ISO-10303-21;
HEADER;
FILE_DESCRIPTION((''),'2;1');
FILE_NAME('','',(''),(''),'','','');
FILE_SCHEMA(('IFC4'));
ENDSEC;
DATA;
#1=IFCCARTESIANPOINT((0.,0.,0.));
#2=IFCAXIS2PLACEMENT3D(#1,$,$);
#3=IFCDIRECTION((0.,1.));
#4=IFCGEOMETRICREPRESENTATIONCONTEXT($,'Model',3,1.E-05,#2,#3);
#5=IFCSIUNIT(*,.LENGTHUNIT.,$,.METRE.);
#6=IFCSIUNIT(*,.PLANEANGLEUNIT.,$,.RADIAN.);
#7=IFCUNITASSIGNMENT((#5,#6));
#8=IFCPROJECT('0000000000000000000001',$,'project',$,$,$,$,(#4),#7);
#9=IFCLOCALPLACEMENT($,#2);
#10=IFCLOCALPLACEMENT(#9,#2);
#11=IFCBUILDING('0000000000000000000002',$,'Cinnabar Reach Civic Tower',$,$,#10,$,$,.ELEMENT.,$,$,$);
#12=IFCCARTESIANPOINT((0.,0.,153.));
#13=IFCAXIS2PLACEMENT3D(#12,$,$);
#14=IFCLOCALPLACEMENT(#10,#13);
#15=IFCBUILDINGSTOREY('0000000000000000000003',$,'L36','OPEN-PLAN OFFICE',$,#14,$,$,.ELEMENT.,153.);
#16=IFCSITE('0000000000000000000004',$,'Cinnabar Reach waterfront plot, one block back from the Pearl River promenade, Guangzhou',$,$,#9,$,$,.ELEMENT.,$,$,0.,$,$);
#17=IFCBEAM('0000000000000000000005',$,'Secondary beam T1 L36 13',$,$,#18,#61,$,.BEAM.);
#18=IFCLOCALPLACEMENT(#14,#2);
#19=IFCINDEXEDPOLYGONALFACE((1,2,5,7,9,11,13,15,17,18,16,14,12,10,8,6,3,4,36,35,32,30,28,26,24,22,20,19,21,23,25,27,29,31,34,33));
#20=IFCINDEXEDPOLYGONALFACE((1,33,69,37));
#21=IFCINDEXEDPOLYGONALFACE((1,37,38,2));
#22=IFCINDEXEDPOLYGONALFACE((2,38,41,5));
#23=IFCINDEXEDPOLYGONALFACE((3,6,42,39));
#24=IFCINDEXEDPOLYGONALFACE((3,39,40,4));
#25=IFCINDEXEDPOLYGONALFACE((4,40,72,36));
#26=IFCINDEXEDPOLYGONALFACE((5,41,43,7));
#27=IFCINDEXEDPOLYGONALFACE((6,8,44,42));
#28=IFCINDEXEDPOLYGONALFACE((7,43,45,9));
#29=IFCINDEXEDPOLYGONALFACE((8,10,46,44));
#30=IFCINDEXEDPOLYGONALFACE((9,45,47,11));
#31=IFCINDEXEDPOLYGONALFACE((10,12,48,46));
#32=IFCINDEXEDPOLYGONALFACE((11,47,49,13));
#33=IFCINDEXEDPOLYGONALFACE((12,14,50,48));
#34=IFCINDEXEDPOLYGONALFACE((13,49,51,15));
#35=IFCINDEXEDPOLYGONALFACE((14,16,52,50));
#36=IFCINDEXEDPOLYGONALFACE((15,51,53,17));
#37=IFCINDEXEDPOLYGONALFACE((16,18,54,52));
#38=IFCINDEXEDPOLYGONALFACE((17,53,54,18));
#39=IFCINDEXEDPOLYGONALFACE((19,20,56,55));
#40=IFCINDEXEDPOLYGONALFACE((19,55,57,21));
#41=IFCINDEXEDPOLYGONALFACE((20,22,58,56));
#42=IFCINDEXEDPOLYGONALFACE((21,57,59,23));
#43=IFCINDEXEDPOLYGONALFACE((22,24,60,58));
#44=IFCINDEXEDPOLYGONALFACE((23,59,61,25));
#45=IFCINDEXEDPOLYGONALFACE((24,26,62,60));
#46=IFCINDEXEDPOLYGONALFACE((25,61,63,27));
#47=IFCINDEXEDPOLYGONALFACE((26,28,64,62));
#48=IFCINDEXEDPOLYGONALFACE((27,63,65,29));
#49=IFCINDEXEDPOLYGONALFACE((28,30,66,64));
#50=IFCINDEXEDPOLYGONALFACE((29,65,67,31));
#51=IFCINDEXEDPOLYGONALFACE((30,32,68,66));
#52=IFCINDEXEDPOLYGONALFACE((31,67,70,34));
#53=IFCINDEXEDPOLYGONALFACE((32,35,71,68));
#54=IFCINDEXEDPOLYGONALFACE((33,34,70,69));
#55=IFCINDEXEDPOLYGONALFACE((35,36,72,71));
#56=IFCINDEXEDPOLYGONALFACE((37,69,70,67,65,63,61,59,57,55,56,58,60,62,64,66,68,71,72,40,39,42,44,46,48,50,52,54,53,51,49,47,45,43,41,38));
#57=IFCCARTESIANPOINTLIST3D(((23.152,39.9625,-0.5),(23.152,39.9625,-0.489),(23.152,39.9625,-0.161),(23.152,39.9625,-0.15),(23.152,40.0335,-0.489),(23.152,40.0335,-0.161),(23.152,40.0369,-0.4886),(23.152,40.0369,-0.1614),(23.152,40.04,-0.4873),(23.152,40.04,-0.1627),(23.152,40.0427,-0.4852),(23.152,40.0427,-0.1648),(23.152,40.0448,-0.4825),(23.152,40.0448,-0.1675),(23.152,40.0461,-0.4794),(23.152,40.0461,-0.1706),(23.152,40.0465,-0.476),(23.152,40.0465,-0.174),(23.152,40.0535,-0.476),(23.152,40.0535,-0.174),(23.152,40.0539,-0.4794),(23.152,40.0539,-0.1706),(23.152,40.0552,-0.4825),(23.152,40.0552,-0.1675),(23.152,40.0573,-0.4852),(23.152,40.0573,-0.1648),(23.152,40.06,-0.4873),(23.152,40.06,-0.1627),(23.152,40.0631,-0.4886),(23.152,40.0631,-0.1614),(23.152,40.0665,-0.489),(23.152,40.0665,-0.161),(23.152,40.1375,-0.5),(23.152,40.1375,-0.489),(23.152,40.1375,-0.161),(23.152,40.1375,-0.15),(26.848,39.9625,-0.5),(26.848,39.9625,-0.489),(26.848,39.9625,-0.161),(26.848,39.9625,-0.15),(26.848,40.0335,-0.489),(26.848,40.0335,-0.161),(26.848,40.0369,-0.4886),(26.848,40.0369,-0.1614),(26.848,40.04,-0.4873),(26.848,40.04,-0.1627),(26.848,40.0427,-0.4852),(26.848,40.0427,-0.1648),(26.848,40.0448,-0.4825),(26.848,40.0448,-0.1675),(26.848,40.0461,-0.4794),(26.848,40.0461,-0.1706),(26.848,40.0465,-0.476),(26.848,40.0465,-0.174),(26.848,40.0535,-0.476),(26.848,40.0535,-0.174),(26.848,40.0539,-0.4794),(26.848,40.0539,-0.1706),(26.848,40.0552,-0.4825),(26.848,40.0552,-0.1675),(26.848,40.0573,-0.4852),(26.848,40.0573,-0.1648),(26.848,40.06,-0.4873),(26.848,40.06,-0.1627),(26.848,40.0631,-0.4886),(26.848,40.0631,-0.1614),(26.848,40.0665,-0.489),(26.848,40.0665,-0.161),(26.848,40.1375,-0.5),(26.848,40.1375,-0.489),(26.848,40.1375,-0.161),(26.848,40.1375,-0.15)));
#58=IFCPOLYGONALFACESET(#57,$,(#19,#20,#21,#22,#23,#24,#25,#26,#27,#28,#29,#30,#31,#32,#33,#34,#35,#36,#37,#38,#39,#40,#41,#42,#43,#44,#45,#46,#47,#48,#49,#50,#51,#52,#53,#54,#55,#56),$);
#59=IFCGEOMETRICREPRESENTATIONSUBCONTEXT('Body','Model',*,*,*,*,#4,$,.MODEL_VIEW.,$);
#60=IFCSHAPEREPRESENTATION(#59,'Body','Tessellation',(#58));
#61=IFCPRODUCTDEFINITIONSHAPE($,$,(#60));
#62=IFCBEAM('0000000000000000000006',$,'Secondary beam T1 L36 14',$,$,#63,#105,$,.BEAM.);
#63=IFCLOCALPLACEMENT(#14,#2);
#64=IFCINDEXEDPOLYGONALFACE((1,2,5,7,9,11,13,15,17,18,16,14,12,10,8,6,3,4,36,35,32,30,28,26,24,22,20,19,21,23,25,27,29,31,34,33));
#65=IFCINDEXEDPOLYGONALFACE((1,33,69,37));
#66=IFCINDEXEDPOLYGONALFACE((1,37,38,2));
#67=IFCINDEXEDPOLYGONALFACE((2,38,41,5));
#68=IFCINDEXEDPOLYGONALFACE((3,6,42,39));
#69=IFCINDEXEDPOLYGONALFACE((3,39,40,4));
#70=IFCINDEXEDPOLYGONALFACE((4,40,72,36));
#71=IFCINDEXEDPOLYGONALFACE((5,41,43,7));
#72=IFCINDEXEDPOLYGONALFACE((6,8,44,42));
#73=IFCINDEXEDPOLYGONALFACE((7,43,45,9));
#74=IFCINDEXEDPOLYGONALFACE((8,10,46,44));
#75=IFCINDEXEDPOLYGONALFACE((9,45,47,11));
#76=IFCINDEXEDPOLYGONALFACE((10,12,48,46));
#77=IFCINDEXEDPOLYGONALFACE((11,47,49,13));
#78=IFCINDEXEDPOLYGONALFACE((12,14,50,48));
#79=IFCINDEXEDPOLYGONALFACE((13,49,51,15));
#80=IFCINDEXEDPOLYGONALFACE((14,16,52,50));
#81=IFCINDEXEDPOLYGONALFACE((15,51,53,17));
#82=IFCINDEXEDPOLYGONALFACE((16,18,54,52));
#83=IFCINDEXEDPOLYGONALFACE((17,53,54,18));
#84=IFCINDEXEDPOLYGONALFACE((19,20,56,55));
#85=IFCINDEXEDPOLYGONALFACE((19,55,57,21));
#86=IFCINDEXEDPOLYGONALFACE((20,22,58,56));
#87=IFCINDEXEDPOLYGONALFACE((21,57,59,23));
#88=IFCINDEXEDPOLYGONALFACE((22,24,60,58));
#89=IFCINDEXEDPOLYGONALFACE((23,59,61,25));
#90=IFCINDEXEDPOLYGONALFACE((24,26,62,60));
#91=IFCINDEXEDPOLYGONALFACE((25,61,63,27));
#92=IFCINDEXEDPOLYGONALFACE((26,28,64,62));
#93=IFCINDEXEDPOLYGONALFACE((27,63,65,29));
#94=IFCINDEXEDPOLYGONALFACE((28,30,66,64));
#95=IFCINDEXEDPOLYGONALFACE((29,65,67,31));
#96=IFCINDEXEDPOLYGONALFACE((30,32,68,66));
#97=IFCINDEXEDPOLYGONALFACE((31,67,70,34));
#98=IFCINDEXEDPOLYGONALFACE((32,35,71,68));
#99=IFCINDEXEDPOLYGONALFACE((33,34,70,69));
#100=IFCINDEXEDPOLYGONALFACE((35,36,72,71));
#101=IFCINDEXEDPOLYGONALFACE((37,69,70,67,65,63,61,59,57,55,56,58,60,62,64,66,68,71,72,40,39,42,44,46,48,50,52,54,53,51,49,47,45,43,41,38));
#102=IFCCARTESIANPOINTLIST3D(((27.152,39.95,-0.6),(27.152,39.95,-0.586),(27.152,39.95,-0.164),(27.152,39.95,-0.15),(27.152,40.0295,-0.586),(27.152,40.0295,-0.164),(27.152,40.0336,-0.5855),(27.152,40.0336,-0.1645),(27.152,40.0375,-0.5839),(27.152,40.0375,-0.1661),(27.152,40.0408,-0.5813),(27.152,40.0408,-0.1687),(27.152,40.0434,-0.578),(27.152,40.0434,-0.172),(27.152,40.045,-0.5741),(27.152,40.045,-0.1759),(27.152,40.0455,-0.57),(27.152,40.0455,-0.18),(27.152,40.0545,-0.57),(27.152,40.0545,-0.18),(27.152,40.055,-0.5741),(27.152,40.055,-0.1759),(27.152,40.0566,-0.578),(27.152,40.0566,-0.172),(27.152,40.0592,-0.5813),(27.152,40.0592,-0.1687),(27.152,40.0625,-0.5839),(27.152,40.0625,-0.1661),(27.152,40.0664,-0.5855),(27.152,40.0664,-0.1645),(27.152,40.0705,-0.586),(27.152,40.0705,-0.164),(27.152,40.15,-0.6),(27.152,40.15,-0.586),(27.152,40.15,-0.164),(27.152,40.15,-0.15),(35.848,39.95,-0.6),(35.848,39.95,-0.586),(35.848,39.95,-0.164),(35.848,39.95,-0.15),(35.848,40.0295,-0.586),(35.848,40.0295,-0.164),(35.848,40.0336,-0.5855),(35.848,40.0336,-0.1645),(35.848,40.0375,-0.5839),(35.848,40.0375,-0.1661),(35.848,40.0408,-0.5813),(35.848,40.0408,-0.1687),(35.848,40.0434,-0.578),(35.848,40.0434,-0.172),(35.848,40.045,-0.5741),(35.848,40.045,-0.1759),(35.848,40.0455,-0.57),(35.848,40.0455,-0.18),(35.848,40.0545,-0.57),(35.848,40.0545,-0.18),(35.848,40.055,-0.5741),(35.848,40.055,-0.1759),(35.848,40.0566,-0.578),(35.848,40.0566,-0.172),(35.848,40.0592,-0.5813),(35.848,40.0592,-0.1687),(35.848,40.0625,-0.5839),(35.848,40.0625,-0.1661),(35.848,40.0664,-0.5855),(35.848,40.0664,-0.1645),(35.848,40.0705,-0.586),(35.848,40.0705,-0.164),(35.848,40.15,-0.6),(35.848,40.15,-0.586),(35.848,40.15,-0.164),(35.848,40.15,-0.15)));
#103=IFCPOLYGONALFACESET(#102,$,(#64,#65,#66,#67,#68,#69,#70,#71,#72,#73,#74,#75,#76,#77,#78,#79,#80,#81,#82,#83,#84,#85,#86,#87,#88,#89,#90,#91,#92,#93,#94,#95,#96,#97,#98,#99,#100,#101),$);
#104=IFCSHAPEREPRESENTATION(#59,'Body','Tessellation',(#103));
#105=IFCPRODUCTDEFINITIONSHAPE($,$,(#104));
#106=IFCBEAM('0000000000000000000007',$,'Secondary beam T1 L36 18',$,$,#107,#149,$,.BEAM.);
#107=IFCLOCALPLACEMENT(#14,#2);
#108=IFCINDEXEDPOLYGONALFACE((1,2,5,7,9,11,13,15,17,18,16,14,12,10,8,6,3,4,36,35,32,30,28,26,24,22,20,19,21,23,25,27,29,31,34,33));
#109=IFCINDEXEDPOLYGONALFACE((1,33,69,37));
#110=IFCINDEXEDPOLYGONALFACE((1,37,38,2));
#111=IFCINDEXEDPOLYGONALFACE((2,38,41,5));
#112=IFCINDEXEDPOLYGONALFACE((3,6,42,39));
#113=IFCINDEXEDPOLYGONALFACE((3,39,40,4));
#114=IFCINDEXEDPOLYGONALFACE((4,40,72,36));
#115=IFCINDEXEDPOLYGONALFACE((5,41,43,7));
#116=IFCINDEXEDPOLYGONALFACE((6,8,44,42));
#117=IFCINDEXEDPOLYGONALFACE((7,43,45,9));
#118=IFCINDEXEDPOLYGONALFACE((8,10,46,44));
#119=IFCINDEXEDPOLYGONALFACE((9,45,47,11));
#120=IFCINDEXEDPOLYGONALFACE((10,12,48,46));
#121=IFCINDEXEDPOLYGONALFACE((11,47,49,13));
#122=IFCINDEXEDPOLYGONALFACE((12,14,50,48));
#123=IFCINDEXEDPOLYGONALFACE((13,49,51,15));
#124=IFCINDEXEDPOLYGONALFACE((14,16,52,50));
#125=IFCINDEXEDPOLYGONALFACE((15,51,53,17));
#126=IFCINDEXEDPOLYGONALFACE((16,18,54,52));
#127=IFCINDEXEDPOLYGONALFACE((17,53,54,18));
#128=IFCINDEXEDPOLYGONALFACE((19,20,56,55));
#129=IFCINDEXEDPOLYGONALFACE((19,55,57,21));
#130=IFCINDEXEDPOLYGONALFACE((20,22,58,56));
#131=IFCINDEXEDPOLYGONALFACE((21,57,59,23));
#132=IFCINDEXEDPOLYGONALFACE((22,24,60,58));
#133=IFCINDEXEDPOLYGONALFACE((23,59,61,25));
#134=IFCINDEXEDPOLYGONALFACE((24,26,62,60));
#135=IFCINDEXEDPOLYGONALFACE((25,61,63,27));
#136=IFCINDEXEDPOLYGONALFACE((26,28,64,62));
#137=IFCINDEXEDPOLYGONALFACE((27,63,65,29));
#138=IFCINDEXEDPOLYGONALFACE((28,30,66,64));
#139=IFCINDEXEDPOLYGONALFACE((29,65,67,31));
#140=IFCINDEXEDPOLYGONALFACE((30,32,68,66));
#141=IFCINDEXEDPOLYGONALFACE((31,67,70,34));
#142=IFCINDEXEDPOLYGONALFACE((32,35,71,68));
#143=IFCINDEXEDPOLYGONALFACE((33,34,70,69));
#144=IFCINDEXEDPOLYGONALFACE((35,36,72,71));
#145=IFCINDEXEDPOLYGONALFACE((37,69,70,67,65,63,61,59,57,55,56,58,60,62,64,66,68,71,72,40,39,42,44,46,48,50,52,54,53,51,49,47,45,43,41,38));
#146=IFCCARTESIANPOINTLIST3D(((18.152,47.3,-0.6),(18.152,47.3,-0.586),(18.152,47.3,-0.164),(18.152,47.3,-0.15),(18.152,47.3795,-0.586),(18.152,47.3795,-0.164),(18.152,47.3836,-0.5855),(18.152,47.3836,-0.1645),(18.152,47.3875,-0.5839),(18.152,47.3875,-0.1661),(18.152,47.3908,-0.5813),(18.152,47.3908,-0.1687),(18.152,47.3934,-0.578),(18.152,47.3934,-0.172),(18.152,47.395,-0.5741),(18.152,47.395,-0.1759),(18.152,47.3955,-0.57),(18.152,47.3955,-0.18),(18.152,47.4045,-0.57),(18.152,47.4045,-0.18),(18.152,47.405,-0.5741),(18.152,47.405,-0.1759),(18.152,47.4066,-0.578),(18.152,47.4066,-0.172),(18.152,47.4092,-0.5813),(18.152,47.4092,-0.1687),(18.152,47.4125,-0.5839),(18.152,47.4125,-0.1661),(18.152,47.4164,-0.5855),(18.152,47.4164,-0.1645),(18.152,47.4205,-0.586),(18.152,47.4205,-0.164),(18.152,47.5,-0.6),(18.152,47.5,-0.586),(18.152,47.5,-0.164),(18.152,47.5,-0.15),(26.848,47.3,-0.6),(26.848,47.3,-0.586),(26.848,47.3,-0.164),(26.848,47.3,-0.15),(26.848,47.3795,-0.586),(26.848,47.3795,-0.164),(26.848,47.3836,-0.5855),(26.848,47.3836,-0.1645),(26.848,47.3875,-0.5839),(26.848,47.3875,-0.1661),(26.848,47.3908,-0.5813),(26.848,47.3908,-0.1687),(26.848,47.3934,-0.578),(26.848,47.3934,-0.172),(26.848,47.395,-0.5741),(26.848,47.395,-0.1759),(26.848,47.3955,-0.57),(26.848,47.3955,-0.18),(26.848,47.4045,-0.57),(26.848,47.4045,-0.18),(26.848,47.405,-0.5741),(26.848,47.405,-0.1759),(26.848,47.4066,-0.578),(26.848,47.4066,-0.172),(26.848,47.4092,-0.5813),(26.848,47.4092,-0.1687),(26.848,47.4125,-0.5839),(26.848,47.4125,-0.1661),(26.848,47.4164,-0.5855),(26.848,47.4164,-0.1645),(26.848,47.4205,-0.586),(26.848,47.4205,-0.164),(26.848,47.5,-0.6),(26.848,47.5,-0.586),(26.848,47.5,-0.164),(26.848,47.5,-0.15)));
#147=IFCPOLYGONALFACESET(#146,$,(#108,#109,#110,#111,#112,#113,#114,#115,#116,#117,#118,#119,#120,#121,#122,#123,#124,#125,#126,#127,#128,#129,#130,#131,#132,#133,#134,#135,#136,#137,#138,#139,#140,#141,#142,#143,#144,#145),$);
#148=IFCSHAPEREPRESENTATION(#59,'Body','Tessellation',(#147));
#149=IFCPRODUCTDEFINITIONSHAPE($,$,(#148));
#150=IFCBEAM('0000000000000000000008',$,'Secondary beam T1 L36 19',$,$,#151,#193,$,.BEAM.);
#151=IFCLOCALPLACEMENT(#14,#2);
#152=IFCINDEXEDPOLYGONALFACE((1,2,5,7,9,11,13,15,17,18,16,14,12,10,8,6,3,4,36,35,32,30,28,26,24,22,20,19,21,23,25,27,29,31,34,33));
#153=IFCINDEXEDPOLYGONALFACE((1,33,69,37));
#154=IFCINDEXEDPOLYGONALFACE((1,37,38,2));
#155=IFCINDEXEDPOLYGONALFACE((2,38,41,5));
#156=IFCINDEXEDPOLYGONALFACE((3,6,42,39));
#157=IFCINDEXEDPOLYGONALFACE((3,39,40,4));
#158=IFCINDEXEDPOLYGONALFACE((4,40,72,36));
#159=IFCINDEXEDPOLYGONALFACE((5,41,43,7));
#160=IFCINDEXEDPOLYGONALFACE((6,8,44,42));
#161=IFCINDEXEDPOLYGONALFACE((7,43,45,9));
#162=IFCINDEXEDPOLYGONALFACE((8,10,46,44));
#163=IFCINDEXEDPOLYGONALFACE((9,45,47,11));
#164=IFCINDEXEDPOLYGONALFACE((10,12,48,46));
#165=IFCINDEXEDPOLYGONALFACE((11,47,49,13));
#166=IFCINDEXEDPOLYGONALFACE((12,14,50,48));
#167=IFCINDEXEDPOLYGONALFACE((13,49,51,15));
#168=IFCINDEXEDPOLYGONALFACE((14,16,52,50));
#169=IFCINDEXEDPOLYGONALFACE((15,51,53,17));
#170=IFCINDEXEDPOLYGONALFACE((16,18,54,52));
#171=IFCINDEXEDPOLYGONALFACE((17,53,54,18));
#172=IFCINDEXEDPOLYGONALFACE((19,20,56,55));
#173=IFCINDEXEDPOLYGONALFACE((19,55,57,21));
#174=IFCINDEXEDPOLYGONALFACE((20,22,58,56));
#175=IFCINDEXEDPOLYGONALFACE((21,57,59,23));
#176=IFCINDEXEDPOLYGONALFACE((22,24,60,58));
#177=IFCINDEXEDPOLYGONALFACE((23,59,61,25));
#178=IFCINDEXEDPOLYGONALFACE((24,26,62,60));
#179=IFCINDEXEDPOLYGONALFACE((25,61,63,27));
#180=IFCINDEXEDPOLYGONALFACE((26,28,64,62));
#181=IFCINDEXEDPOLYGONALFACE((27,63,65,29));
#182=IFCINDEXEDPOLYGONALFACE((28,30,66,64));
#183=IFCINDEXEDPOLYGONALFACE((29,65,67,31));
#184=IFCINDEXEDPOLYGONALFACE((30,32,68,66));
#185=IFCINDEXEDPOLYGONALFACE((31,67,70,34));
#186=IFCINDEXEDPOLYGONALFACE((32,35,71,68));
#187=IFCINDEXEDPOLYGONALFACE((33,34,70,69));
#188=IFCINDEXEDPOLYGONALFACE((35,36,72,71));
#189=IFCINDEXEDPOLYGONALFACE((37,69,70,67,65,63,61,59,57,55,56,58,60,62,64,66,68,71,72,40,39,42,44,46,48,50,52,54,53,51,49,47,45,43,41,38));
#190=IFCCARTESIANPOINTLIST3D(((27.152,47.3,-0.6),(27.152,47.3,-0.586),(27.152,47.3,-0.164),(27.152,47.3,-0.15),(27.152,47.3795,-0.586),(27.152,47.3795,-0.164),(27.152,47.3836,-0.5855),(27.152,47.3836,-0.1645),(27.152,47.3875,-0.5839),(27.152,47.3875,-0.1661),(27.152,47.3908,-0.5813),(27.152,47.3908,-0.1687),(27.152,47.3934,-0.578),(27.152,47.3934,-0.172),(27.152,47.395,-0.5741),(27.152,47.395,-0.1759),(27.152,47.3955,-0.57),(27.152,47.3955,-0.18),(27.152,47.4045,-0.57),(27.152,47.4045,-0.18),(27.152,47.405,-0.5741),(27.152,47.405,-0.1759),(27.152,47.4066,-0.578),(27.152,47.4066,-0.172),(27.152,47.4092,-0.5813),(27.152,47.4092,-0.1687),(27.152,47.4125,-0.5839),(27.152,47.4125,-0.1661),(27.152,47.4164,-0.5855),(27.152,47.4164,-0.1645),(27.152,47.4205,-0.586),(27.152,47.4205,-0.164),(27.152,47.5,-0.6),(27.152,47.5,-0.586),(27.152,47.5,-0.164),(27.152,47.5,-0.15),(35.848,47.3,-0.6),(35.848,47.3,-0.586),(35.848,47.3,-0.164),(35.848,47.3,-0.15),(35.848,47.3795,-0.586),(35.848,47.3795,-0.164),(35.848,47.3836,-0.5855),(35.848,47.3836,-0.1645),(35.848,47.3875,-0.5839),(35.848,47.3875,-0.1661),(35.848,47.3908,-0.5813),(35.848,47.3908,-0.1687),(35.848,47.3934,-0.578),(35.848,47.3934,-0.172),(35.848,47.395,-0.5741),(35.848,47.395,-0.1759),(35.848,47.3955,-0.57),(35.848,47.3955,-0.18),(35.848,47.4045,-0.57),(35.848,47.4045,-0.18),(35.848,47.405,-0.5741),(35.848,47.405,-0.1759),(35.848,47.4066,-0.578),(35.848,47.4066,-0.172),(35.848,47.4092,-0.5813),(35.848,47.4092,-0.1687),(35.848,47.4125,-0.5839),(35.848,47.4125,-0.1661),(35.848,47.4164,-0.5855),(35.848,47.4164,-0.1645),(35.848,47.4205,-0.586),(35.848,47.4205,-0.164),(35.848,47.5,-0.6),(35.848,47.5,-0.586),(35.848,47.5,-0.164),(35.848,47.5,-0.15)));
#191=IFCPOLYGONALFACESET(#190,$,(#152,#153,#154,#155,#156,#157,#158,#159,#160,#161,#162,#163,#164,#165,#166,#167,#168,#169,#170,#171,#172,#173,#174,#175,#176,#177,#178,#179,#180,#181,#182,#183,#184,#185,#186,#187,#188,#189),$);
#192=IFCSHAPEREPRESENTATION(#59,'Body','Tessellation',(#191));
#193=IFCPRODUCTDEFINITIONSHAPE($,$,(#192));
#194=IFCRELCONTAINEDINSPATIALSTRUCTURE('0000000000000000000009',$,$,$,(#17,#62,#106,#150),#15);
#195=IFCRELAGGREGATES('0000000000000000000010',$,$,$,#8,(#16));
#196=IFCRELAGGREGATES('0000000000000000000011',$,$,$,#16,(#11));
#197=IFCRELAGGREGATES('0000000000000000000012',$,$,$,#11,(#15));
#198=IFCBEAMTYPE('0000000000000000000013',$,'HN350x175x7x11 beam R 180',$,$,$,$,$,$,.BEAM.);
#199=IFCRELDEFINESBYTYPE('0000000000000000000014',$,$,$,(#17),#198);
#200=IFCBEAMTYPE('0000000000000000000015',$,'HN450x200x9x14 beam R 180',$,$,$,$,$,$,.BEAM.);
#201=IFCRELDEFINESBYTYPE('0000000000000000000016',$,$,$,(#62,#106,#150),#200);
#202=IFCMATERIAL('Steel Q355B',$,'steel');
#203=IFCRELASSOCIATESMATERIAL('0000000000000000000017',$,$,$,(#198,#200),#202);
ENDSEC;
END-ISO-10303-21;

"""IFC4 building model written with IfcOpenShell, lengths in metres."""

from ifc_helpers import new_model, si_unit, direction, frame, origin, origin_2d, place, context, subcontext, project, spatial, i_section, extrude, material, material_profile, profile_set, type_object, element, save


model = new_model("IFC4")

# Units and contexts
model_context = context("Model", 3, precision=1e-05, world=origin(), true_north=direction((0.0, 1.0)))
body_context = subcontext(model_context, "Body", "Model", "MODEL_VIEW")
ifc_project = project(units=[si_unit("LENGTHUNIT", "METRE"), si_unit("PLANEANGLEUNIT", "RADIAN")], contexts=[model_context])

# Site, building, storey
site_placement = place(None, origin())
site = spatial("IfcSite", under=ifc_project, at=site_placement, Name="Cinnabar Reach waterfront plot, one block back from the Pearl River promenade, Guangzhou", CompositionType="ELEMENT", RefElevation=0.0)
building_placement = place(site_placement, origin())
building = spatial("IfcBuilding", under=site, at=building_placement, Name="Cinnabar Reach Civic Tower", CompositionType="ELEMENT")
storey_placement = place(building_placement, frame((0.0, 0.0, 153.0)))
storey = spatial("IfcBuildingStorey", under=building, at=storey_placement, Name="L36", Description="OPEN-PLAN OFFICE", CompositionType="ELEMENT", Elevation=153.0)

# Beams
ifc_material_1 = material(Name="Steel Q355B", Category="steel")
ifc_material_profile_1 = material_profile(ifc_material_1, i_section(OverallWidth=0.175, OverallDepth=0.35, WebThickness=0.007, FlangeThickness=0.011, FilletRadius=0.013, at=origin_2d()), Name="HN350x175x7x11")
ifc_profile_set_1 = profile_set([ifc_material_profile_1], Name="Steel Q355B")
beam_type_1 = type_object("IfcBeamType", Name="HN350x175x7x11 beam R 180", PredefinedType="BEAM", material=ifc_profile_set_1)
beam_1_placement = place(storey_placement, frame((23.152, 40.05, -0.325), z_axis=(1.0, 0.0, 0.0), x_axis=(0.0, 1.0, 0.0)))
element("IfcBeam", 1, at=beam_1_placement, inside=storey, type_object=beam_type_1, Name="Secondary beam T1 L36 13", PredefinedType="BEAM", context=body_context, shape_type="SweptSolid", body=[
    extrude(i_section(OverallWidth=0.175, OverallDepth=0.35, WebThickness=0.007, FlangeThickness=0.011, FilletRadius=0.013, at=origin_2d()), origin(), (0.0, 0.0, 1.0), 3.696),
])
ifc_material_profile_2 = material_profile(ifc_material_1, i_section(OverallWidth=0.2, OverallDepth=0.45, WebThickness=0.009, FlangeThickness=0.014, FilletRadius=0.016, at=origin_2d()), Name="HN450x200x9x14")
ifc_profile_set_2 = profile_set([ifc_material_profile_2], Name="Steel Q355B")
beam_type_2 = type_object("IfcBeamType", Name="HN450x200x9x14 beam R 180", PredefinedType="BEAM", material=ifc_profile_set_2)
for number, where, z_axis, x_axis, name in (
    (2, (27.152, 40.05, -0.375), (1.0, 0.0, 0.0), (0.0, 1.0, 0.0), "Secondary beam T1 L36 14"),
    (3, (18.152, 47.4, -0.375), (1.0, 0.0, 0.0), (0.0, 1.0, 0.0), "Secondary beam T1 L36 18"),
    (4, (27.152, 47.4, -0.375), (1.0, 0.0, 0.0), (0.0, 1.0, 0.0), "Secondary beam T1 L36 19"),
):
    element("IfcBeam", number, at=place(storey_placement, frame(where, z_axis=z_axis, x_axis=x_axis)), inside=storey, type_object=beam_type_2, Name=name, PredefinedType="BEAM", context=body_context, shape_type="SweptSolid", body=[
        extrude(i_section(OverallWidth=0.2, OverallDepth=0.45, WebThickness=0.009, FlangeThickness=0.014, FilletRadius=0.016, at=origin_2d()), origin(), (0.0, 0.0, 1.0), 8.696),
    ])

save(model, "model.ifc")
